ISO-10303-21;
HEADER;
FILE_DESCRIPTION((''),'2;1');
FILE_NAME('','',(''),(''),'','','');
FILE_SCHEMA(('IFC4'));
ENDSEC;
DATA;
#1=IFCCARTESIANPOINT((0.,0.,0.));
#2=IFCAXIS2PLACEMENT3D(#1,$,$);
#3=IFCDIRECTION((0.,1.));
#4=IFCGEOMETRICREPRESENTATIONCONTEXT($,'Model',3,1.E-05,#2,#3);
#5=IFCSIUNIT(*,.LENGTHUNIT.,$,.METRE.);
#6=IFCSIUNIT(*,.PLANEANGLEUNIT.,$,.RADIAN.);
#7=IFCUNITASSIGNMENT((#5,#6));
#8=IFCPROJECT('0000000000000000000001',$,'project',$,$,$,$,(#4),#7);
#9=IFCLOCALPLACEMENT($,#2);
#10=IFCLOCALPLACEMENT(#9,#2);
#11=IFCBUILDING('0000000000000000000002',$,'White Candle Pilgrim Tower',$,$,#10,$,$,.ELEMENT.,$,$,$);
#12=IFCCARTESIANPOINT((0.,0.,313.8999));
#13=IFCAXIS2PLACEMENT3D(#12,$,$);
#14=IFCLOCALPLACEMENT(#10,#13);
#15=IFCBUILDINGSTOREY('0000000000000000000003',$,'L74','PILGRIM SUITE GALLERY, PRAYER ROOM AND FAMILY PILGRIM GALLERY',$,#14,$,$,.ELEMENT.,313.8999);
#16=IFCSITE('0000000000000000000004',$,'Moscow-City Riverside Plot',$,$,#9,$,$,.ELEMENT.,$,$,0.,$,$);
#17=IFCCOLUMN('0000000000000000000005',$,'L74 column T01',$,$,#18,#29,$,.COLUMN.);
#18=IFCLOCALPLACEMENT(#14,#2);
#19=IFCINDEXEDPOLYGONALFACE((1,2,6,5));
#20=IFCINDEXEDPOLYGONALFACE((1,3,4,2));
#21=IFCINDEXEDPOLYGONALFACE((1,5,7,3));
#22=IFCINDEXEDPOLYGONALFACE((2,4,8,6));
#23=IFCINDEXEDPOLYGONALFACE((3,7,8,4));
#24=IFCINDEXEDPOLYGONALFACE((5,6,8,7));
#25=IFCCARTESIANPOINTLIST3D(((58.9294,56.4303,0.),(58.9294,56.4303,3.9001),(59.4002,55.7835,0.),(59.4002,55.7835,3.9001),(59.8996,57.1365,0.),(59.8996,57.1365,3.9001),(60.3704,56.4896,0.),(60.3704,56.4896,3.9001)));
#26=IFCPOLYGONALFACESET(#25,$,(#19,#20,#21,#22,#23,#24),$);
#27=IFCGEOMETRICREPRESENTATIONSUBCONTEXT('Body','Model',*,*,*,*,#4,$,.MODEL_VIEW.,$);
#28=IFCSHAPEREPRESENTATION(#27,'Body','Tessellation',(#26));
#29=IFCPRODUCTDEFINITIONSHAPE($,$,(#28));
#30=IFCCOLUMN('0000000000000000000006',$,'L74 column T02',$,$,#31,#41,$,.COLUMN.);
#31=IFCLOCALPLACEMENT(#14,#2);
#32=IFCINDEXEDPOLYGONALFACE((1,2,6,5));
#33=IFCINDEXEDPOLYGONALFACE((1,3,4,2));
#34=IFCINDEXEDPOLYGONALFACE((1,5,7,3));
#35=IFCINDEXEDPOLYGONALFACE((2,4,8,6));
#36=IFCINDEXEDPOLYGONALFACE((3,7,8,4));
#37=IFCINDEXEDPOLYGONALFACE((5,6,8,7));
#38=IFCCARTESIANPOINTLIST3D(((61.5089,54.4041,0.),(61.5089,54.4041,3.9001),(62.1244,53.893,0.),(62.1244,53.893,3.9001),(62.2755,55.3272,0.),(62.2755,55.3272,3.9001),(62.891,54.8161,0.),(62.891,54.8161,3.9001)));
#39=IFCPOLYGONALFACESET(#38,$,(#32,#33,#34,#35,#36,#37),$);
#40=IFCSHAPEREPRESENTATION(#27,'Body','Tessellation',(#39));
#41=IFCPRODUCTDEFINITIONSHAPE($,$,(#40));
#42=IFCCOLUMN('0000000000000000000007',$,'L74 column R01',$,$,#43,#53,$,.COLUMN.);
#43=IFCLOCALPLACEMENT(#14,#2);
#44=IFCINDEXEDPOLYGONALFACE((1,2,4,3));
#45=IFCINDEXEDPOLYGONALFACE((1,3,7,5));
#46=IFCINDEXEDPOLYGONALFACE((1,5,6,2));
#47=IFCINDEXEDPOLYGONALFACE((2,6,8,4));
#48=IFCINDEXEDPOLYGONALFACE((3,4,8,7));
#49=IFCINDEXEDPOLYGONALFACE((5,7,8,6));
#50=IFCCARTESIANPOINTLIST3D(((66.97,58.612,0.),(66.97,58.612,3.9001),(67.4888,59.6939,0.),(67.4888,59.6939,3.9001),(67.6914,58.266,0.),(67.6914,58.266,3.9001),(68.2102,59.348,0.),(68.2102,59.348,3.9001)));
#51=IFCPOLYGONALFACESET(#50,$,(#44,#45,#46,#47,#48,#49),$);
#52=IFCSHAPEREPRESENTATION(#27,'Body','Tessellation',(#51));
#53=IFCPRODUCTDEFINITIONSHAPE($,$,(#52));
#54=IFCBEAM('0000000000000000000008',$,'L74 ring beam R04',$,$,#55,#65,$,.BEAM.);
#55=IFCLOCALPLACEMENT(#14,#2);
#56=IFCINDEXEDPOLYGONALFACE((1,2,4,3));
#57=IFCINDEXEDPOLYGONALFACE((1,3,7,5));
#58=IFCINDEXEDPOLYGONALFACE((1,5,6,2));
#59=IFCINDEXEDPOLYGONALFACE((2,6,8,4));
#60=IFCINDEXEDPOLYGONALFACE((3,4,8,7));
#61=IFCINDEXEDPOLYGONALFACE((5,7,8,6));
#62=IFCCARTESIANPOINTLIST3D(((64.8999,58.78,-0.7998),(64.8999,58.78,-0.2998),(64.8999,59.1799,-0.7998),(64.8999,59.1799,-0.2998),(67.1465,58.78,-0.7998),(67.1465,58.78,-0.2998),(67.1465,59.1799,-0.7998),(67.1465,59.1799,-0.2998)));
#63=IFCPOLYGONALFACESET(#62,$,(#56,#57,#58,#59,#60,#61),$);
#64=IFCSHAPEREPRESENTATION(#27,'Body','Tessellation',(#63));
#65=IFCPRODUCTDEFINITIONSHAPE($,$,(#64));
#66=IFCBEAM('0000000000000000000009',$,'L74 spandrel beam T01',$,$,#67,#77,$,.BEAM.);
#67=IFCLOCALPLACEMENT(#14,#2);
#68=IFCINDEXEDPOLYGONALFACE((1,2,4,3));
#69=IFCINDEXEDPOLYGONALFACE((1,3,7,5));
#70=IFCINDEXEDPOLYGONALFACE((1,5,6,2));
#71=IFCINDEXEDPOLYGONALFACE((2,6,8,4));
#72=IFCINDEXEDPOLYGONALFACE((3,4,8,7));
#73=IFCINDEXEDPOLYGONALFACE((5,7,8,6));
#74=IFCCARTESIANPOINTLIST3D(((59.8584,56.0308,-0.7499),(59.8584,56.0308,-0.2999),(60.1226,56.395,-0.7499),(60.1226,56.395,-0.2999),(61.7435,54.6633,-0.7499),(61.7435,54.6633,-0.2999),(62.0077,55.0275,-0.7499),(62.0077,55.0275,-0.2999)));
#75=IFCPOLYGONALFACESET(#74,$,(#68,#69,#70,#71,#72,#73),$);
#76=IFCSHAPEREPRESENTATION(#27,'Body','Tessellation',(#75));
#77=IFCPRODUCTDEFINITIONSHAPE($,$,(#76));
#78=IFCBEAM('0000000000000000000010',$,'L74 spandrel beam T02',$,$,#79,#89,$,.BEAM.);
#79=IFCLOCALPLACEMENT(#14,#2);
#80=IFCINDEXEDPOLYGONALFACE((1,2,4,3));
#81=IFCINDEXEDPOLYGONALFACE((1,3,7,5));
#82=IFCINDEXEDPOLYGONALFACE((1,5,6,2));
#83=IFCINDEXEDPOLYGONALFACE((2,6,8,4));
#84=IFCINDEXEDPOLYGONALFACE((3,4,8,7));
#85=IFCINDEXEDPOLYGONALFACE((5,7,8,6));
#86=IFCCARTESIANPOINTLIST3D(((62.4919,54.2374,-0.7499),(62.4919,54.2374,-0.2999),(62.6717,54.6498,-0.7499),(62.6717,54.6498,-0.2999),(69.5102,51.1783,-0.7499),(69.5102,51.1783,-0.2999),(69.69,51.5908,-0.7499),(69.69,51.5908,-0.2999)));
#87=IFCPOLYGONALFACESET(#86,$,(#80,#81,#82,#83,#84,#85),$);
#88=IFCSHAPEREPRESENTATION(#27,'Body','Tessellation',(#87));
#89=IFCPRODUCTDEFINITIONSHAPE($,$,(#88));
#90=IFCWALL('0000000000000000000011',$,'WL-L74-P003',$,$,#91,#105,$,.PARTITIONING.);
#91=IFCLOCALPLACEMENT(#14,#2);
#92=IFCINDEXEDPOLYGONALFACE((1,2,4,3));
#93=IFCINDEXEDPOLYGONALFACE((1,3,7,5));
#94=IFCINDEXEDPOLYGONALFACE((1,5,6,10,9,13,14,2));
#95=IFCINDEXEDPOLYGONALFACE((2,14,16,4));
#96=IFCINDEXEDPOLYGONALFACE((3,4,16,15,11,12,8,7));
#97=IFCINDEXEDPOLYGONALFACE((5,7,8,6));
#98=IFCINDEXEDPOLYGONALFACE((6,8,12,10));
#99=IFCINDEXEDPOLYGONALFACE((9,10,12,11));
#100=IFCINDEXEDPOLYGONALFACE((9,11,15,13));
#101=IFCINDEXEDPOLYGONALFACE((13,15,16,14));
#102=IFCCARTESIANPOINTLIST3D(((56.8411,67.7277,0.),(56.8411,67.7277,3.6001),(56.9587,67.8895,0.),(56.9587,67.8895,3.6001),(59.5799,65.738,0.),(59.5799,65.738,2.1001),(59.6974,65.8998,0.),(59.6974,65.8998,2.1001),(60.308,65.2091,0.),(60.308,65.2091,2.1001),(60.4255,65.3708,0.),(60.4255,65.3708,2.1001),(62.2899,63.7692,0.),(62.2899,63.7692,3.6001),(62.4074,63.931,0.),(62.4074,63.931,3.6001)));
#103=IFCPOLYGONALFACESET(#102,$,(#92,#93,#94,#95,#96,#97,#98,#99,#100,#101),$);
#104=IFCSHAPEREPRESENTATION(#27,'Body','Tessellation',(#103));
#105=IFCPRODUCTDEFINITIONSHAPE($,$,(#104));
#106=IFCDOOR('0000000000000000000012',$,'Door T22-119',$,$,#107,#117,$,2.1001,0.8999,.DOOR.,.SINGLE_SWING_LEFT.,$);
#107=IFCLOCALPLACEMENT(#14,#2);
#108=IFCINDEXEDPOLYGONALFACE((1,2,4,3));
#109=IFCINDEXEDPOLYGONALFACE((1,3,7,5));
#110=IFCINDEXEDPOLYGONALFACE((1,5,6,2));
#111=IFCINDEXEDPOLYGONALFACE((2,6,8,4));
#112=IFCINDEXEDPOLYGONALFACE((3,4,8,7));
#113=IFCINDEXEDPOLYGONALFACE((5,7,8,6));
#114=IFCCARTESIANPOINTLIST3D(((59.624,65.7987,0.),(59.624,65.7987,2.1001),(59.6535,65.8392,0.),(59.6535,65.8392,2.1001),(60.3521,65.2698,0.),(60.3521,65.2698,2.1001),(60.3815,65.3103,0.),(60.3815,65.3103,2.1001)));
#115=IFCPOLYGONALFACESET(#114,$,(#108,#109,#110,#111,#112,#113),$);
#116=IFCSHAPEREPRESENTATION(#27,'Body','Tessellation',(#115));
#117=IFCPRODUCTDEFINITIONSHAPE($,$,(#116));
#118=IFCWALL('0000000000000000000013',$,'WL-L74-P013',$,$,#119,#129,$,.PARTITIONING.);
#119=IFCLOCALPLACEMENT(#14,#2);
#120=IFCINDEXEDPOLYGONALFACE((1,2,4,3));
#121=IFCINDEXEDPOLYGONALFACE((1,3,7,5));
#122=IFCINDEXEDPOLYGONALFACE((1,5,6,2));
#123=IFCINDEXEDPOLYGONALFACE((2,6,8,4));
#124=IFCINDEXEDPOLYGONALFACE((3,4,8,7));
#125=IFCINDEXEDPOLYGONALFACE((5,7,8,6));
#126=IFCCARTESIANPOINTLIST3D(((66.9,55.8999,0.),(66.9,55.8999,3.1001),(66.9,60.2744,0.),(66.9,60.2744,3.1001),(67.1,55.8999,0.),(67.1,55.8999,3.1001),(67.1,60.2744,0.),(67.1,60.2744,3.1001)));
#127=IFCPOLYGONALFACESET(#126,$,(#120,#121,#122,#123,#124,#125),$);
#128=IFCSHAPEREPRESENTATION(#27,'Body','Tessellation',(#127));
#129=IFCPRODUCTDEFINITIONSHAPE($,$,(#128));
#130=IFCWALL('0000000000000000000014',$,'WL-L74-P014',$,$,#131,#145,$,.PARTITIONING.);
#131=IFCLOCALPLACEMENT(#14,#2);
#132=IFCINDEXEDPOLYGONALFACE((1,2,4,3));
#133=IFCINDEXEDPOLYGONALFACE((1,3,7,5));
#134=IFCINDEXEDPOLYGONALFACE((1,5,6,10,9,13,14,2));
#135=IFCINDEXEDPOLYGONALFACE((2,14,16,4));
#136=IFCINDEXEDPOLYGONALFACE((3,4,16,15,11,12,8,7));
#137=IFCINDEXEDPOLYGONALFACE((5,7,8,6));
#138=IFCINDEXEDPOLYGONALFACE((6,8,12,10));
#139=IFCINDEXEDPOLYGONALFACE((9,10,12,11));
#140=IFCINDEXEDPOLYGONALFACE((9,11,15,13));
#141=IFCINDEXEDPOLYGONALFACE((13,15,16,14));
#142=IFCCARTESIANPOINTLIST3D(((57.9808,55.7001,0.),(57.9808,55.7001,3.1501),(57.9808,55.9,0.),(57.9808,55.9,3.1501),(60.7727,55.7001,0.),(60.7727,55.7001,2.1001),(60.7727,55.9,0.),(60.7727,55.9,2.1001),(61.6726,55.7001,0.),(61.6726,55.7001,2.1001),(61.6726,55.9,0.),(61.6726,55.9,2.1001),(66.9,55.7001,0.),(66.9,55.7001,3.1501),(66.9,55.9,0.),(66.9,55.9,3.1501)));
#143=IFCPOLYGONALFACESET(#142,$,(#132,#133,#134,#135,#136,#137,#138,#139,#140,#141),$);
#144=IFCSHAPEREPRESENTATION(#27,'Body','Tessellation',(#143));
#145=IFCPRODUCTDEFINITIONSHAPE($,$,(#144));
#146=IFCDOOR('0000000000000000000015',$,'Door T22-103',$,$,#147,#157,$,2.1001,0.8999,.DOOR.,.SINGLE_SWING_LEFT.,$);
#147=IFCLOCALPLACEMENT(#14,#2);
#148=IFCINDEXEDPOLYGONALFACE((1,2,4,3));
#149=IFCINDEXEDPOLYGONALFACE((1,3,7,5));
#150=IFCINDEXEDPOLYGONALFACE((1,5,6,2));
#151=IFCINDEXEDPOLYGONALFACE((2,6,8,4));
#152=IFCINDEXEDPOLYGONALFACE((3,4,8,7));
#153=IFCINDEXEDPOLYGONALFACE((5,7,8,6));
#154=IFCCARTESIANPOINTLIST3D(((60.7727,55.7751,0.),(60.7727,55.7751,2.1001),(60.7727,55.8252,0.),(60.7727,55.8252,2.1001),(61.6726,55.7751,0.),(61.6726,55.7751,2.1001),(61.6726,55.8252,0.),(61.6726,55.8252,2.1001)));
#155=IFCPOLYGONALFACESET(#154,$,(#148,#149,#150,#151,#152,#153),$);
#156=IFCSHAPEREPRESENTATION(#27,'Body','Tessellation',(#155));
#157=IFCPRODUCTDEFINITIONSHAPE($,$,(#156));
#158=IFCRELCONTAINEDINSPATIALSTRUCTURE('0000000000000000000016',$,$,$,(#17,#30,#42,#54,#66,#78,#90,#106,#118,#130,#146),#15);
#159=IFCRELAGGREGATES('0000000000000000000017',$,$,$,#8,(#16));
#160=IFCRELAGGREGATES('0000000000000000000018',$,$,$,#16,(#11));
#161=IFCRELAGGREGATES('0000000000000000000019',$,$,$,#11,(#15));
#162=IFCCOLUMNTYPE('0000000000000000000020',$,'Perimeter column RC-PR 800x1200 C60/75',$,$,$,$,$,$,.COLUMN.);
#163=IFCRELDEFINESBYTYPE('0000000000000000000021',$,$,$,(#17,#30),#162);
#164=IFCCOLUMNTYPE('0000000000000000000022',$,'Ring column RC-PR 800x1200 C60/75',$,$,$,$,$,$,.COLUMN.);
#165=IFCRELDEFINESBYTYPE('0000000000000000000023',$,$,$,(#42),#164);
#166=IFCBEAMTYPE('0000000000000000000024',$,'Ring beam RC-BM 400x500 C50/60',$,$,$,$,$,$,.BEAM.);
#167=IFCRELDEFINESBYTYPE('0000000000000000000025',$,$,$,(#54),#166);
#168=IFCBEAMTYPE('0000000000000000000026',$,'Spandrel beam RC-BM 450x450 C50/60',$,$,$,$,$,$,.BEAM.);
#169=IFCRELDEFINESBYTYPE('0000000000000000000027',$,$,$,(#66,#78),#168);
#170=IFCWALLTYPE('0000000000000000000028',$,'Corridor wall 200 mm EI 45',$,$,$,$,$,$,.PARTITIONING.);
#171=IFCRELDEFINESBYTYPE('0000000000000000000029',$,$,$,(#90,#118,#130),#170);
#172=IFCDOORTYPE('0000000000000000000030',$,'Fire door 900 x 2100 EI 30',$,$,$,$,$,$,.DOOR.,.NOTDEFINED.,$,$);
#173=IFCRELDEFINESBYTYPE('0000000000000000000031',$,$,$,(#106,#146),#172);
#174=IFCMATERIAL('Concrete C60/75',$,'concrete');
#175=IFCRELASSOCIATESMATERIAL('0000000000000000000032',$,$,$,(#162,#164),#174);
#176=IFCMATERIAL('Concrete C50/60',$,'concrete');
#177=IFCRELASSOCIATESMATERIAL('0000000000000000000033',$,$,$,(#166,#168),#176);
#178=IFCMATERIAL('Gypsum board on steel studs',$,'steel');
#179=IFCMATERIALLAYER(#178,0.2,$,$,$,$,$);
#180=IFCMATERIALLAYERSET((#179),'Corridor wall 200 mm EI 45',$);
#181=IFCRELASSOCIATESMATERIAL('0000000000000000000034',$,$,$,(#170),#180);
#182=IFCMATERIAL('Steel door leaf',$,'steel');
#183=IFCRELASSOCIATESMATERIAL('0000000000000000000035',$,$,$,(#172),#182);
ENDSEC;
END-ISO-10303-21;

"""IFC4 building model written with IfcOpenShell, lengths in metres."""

from ifc_helpers import new_model, si_unit, direction, frame, frame_2d, origin, origin_2d, place, context, subcontext, project, spatial, rectangle, extrude, material, layer, layer_set, material_profile, profile_set, type_object, element, fill, save


model = new_model("IFC4")

# Units and contexts
model_context = context("Model", 3, precision=1e-05, world=origin(), true_north=direction((0.0, 1.0)))
body_context = subcontext(model_context, "Body", "Model", "MODEL_VIEW")
ifc_project = project(units=[si_unit("LENGTHUNIT", "METRE"), si_unit("PLANEANGLEUNIT", "RADIAN")], contexts=[model_context])

# Site, building, storey
site_placement = place(None, origin())
site = spatial("IfcSite", under=ifc_project, at=site_placement, Name="Moscow-City Riverside Plot", CompositionType="ELEMENT", RefElevation=0.0)
building_placement = place(site_placement, origin())
building = spatial("IfcBuilding", under=site, at=building_placement, Name="White Candle Pilgrim Tower", CompositionType="ELEMENT")
storey_placement = place(building_placement, frame((0.0, 0.0, 313.8999)))
storey = spatial("IfcBuildingStorey", under=building, at=storey_placement, Name="L74", Description="PILGRIM SUITE GALLERY, PRAYER ROOM AND FAMILY PILGRIM GALLERY", CompositionType="ELEMENT", Elevation=313.8999)

# Columns
ifc_material_1 = material(Name="Concrete C60/75", Category="concrete")
ifc_material_profile_1 = material_profile(ifc_material_1, rectangle(XDim=0.8, YDim=1.2, at=origin_2d()), Name="RC-PR 800x1200")
ifc_profile_set_1 = profile_set([ifc_material_profile_1], Name="Concrete C60/75")
column_type_1 = type_object("IfcColumnType", Name="Perimeter column RC-PR 800x1200 C60/75", PredefinedType="COLUMN", material=ifc_profile_set_1)
for number, where, z_axis, x_axis, name in (
    (1, (59.6499, 56.46, 0.0), (0.0, 0.0, 1.0), (-0.588463, 0.808524, 0.0), "L74 column T01"),
    (2, (62.2, 54.6101, 0.0), (0.0, 0.0, 1.0), (-0.76931, 0.638875, 0.0), "L74 column T02"),
):
    element("IfcColumn", number, at=place(storey_placement, frame(where, z_axis=z_axis, x_axis=x_axis)), inside=storey, type_object=column_type_1, Name=name, PredefinedType="COLUMN", context=body_context, shape_type="SweptSolid", body=[
        extrude(rectangle(XDim=0.8, YDim=1.2, at=origin_2d()), origin(), (0.0, 0.0, 1.0), 3.9001),
    ])
ifc_material_profile_2 = material_profile(ifc_material_1, rectangle(XDim=0.8, YDim=1.2, at=origin_2d()), Name="RC-PR 800x1200")
ifc_profile_set_2 = profile_set([ifc_material_profile_2], Name="Concrete C60/75")
column_type_2 = type_object("IfcColumnType", Name="Ring column RC-PR 800x1200 C60/75", PredefinedType="COLUMN", material=ifc_profile_set_2)
column_placement = place(storey_placement, frame((67.5901, 58.98, 0.0), z_axis=(0.0, 0.0, 1.0), x_axis=(-0.901689, 0.432385, 0.0)))
element("IfcColumn", 3, at=column_placement, inside=storey, type_object=column_type_2, Name="L74 column R01", PredefinedType="COLUMN", context=body_context, shape_type="SweptSolid", body=[
    extrude(rectangle(XDim=0.8, YDim=1.2, at=origin_2d()), origin(), (0.0, 0.0, 1.0), 3.9001),
])

# Beams
ifc_material_2 = material(Name="Concrete C50/60", Category="concrete")
ifc_material_profile_3 = material_profile(ifc_material_2, rectangle(XDim=0.3999, YDim=0.5, at=origin_2d()), Name="RC-BM 400x500")
ifc_profile_set_3 = profile_set([ifc_material_profile_3], Name="Concrete C50/60")
beam_type_1 = type_object("IfcBeamType", Name="Ring beam RC-BM 400x500 C50/60", PredefinedType="BEAM", material=ifc_profile_set_3)
beam_1_placement = place(storey_placement, frame((67.1465, 58.98, -0.5498), z_axis=(-1.0, 0.0, 0.0), x_axis=(0.0, -1.0, 0.0)))
element("IfcBeam", 4, at=beam_1_placement, inside=storey, type_object=beam_type_1, Name="L74 ring beam R04", PredefinedType="BEAM", context=body_context, shape_type="SweptSolid", body=[
    extrude(rectangle(XDim=0.3999, YDim=0.5, at=origin_2d()), origin(), (0.0, 0.0, 1.0), 2.2466),
])
ifc_material_profile_4 = material_profile(ifc_material_2, rectangle(XDim=0.45, YDim=0.45, at=origin_2d()), Name="RC-BM 450x450")
ifc_profile_set_4 = profile_set([ifc_material_profile_4], Name="Concrete C50/60")
beam_type_2 = type_object("IfcBeamType", Name="Spandrel beam RC-BM 450x450 C50/60", PredefinedType="BEAM", material=ifc_profile_set_4)
beam_2_placement = place(storey_placement, frame((59.9905, 56.2129, -0.5249), z_axis=(0.809447, -0.587193, 0.0), x_axis=(0.587193, 0.809447, 0.0)))
element("IfcBeam", 5, at=beam_2_placement, inside=storey, type_object=beam_type_2, Name="L74 spandrel beam T01", PredefinedType="BEAM", context=body_context, shape_type="SweptSolid", body=[
    extrude(rectangle(XDim=0.45, YDim=0.45, at=origin_2d()), origin(), (0.0, 0.0, 1.0), 2.3289),
])
beam_3_placement = place(storey_placement, frame((62.5818, 54.4436, -0.5249), z_axis=(0.916705, -0.399565, 0.0), x_axis=(0.399565, 0.916705, 0.0)))
element("IfcBeam", 6, at=beam_3_placement, inside=storey, type_object=beam_type_2, Name="L74 spandrel beam T02", PredefinedType="BEAM", context=body_context, shape_type="SweptSolid", body=[
    extrude(rectangle(XDim=0.45, YDim=0.45, at=origin_2d()), origin(), (0.0, 0.0, 1.0), 7.656),
])

# Wall, opening, door
ifc_material_3 = material(Name="Gypsum board on steel studs", Category="steel")
ifc_layer_1 = layer(ifc_material_3, 0.2)
ifc_layer_set_1 = layer_set([ifc_layer_1], Name="Corridor wall 200 mm EI 45")
wall_type_1 = type_object("IfcWallType", Name="Corridor wall 200 mm EI 45", PredefinedType="PARTITIONING", material=ifc_layer_set_1)
wall_1_placement = place(storey_placement, frame((62.3486, 63.8501, 0.0), z_axis=(0.0, 0.0, 1.0), x_axis=(-0.809034, 0.587762, 0.0)))
wall_1 = element("IfcWall", 7, at=wall_1_placement, inside=storey, type_object=wall_type_1, Name="WL-L74-P003", PredefinedType="PARTITIONING", context=body_context, shape_type="SweptSolid", body=[
    extrude(rectangle(XDim=6.7349, YDim=0.2, at=frame_2d((3.3674, 0.0))), origin(), (0.0, 0.0, 1.0), 3.6001),
])
opening_1_placement = place(wall_1_placement, frame((2.4497, 0.0, 0.0)))
opening_1 = element("IfcOpeningElement", 8, at=opening_1_placement, cuts=wall_1, PredefinedType="OPENING", context=body_context, shape_type="SweptSolid", body=[
    extrude(rectangle(XDim=0.8999, YDim=2.1001, at=frame_2d((0.45, 1.05))), frame((0.0, 0.1099, 0.0), z_axis=(0.0, -1.0, 0.0), x_axis=(1.0, 0.0, 0.0)), (0.0, 0.0, 1.0), 0.22),
])
ifc_material_4 = material(Name="Steel door leaf", Category="steel")
door_type_1 = type_object("IfcDoorType", Name="Fire door 900 x 2100 EI 30", OperationType="NOTDEFINED", PredefinedType="DOOR", material=ifc_material_4)
door_1_placement = place(opening_1_placement, origin())
door_1 = element("IfcDoor", 9, at=door_1_placement, inside=storey, type_object=door_type_1, Name="Door T22-119", OperationType="SINGLE_SWING_LEFT", OverallHeight=2.1001, OverallWidth=0.8999, PredefinedType="DOOR", context=body_context, shape_type="SweptSolid", body=[
    extrude(rectangle(XDim=0.8999, YDim=2.1001, at=frame_2d((0.45, 1.05))), frame((0.0, 0.0249, 0.0), z_axis=(0.0, -1.0, 0.0), x_axis=(1.0, 0.0, 0.0)), (0.0, 0.0, 1.0), 0.05),
])
fill(opening_1, door_1)

# Wall
wall_2_placement = place(storey_placement, frame((67.0, 60.2744, 0.0), z_axis=(0.0, 0.0, 1.0), x_axis=(0.0, -1.0, 0.0)))
element("IfcWall", 10, at=wall_2_placement, inside=storey, type_object=wall_type_1, Name="WL-L74-P013", PredefinedType="PARTITIONING", context=body_context, shape_type="SweptSolid", body=[
    extrude(rectangle(XDim=4.3745, YDim=0.2, at=frame_2d((2.1873, 0.0))), origin(), (0.0, 0.0, 1.0), 3.1001),
])

# Wall, opening, door
wall_3_placement = place(storey_placement, frame((66.8999, 55.8, 0.0), z_axis=(0.0, 0.0, 1.0), x_axis=(-1.0, 0.0, 0.0)))
wall_3 = element("IfcWall", 11, at=wall_3_placement, inside=storey, type_object=wall_type_1, Name="WL-L74-P014", PredefinedType="PARTITIONING", context=body_context, shape_type="SweptSolid", body=[
    extrude(rectangle(XDim=8.9192, YDim=0.2, at=frame_2d((4.4595, 0.0))), origin(), (0.0, 0.0, 1.0), 3.1501),
])
opening_2_placement = place(wall_3_placement, frame((5.2273, 0.0, 0.0)))
opening_2 = element("IfcOpeningElement", 12, at=opening_2_placement, cuts=wall_3, PredefinedType="OPENING", context=body_context, shape_type="SweptSolid", body=[
    extrude(rectangle(XDim=0.8999, YDim=2.1001, at=frame_2d((0.45, 1.05))), frame((0.0, 0.1099, 0.0), z_axis=(0.0, -1.0, 0.0), x_axis=(1.0, 0.0, 0.0)), (0.0, 0.0, 1.0), 0.22),
])
door_2_placement = place(opening_2_placement, origin())
door_2 = element("IfcDoor", 13, at=door_2_placement, inside=storey, type_object=door_type_1, Name="Door T22-103", OperationType="SINGLE_SWING_LEFT", OverallHeight=2.1001, OverallWidth=0.8999, PredefinedType="DOOR", context=body_context, shape_type="SweptSolid", body=[
    extrude(rectangle(XDim=0.8999, YDim=2.1001, at=frame_2d((0.45, 1.05))), frame((0.0, 0.0249, 0.0), z_axis=(0.0, -1.0, 0.0), x_axis=(1.0, 0.0, 0.0)), (0.0, 0.0, 1.0), 0.05),
])
fill(opening_2, door_2)

save(model, "model.ifc")
